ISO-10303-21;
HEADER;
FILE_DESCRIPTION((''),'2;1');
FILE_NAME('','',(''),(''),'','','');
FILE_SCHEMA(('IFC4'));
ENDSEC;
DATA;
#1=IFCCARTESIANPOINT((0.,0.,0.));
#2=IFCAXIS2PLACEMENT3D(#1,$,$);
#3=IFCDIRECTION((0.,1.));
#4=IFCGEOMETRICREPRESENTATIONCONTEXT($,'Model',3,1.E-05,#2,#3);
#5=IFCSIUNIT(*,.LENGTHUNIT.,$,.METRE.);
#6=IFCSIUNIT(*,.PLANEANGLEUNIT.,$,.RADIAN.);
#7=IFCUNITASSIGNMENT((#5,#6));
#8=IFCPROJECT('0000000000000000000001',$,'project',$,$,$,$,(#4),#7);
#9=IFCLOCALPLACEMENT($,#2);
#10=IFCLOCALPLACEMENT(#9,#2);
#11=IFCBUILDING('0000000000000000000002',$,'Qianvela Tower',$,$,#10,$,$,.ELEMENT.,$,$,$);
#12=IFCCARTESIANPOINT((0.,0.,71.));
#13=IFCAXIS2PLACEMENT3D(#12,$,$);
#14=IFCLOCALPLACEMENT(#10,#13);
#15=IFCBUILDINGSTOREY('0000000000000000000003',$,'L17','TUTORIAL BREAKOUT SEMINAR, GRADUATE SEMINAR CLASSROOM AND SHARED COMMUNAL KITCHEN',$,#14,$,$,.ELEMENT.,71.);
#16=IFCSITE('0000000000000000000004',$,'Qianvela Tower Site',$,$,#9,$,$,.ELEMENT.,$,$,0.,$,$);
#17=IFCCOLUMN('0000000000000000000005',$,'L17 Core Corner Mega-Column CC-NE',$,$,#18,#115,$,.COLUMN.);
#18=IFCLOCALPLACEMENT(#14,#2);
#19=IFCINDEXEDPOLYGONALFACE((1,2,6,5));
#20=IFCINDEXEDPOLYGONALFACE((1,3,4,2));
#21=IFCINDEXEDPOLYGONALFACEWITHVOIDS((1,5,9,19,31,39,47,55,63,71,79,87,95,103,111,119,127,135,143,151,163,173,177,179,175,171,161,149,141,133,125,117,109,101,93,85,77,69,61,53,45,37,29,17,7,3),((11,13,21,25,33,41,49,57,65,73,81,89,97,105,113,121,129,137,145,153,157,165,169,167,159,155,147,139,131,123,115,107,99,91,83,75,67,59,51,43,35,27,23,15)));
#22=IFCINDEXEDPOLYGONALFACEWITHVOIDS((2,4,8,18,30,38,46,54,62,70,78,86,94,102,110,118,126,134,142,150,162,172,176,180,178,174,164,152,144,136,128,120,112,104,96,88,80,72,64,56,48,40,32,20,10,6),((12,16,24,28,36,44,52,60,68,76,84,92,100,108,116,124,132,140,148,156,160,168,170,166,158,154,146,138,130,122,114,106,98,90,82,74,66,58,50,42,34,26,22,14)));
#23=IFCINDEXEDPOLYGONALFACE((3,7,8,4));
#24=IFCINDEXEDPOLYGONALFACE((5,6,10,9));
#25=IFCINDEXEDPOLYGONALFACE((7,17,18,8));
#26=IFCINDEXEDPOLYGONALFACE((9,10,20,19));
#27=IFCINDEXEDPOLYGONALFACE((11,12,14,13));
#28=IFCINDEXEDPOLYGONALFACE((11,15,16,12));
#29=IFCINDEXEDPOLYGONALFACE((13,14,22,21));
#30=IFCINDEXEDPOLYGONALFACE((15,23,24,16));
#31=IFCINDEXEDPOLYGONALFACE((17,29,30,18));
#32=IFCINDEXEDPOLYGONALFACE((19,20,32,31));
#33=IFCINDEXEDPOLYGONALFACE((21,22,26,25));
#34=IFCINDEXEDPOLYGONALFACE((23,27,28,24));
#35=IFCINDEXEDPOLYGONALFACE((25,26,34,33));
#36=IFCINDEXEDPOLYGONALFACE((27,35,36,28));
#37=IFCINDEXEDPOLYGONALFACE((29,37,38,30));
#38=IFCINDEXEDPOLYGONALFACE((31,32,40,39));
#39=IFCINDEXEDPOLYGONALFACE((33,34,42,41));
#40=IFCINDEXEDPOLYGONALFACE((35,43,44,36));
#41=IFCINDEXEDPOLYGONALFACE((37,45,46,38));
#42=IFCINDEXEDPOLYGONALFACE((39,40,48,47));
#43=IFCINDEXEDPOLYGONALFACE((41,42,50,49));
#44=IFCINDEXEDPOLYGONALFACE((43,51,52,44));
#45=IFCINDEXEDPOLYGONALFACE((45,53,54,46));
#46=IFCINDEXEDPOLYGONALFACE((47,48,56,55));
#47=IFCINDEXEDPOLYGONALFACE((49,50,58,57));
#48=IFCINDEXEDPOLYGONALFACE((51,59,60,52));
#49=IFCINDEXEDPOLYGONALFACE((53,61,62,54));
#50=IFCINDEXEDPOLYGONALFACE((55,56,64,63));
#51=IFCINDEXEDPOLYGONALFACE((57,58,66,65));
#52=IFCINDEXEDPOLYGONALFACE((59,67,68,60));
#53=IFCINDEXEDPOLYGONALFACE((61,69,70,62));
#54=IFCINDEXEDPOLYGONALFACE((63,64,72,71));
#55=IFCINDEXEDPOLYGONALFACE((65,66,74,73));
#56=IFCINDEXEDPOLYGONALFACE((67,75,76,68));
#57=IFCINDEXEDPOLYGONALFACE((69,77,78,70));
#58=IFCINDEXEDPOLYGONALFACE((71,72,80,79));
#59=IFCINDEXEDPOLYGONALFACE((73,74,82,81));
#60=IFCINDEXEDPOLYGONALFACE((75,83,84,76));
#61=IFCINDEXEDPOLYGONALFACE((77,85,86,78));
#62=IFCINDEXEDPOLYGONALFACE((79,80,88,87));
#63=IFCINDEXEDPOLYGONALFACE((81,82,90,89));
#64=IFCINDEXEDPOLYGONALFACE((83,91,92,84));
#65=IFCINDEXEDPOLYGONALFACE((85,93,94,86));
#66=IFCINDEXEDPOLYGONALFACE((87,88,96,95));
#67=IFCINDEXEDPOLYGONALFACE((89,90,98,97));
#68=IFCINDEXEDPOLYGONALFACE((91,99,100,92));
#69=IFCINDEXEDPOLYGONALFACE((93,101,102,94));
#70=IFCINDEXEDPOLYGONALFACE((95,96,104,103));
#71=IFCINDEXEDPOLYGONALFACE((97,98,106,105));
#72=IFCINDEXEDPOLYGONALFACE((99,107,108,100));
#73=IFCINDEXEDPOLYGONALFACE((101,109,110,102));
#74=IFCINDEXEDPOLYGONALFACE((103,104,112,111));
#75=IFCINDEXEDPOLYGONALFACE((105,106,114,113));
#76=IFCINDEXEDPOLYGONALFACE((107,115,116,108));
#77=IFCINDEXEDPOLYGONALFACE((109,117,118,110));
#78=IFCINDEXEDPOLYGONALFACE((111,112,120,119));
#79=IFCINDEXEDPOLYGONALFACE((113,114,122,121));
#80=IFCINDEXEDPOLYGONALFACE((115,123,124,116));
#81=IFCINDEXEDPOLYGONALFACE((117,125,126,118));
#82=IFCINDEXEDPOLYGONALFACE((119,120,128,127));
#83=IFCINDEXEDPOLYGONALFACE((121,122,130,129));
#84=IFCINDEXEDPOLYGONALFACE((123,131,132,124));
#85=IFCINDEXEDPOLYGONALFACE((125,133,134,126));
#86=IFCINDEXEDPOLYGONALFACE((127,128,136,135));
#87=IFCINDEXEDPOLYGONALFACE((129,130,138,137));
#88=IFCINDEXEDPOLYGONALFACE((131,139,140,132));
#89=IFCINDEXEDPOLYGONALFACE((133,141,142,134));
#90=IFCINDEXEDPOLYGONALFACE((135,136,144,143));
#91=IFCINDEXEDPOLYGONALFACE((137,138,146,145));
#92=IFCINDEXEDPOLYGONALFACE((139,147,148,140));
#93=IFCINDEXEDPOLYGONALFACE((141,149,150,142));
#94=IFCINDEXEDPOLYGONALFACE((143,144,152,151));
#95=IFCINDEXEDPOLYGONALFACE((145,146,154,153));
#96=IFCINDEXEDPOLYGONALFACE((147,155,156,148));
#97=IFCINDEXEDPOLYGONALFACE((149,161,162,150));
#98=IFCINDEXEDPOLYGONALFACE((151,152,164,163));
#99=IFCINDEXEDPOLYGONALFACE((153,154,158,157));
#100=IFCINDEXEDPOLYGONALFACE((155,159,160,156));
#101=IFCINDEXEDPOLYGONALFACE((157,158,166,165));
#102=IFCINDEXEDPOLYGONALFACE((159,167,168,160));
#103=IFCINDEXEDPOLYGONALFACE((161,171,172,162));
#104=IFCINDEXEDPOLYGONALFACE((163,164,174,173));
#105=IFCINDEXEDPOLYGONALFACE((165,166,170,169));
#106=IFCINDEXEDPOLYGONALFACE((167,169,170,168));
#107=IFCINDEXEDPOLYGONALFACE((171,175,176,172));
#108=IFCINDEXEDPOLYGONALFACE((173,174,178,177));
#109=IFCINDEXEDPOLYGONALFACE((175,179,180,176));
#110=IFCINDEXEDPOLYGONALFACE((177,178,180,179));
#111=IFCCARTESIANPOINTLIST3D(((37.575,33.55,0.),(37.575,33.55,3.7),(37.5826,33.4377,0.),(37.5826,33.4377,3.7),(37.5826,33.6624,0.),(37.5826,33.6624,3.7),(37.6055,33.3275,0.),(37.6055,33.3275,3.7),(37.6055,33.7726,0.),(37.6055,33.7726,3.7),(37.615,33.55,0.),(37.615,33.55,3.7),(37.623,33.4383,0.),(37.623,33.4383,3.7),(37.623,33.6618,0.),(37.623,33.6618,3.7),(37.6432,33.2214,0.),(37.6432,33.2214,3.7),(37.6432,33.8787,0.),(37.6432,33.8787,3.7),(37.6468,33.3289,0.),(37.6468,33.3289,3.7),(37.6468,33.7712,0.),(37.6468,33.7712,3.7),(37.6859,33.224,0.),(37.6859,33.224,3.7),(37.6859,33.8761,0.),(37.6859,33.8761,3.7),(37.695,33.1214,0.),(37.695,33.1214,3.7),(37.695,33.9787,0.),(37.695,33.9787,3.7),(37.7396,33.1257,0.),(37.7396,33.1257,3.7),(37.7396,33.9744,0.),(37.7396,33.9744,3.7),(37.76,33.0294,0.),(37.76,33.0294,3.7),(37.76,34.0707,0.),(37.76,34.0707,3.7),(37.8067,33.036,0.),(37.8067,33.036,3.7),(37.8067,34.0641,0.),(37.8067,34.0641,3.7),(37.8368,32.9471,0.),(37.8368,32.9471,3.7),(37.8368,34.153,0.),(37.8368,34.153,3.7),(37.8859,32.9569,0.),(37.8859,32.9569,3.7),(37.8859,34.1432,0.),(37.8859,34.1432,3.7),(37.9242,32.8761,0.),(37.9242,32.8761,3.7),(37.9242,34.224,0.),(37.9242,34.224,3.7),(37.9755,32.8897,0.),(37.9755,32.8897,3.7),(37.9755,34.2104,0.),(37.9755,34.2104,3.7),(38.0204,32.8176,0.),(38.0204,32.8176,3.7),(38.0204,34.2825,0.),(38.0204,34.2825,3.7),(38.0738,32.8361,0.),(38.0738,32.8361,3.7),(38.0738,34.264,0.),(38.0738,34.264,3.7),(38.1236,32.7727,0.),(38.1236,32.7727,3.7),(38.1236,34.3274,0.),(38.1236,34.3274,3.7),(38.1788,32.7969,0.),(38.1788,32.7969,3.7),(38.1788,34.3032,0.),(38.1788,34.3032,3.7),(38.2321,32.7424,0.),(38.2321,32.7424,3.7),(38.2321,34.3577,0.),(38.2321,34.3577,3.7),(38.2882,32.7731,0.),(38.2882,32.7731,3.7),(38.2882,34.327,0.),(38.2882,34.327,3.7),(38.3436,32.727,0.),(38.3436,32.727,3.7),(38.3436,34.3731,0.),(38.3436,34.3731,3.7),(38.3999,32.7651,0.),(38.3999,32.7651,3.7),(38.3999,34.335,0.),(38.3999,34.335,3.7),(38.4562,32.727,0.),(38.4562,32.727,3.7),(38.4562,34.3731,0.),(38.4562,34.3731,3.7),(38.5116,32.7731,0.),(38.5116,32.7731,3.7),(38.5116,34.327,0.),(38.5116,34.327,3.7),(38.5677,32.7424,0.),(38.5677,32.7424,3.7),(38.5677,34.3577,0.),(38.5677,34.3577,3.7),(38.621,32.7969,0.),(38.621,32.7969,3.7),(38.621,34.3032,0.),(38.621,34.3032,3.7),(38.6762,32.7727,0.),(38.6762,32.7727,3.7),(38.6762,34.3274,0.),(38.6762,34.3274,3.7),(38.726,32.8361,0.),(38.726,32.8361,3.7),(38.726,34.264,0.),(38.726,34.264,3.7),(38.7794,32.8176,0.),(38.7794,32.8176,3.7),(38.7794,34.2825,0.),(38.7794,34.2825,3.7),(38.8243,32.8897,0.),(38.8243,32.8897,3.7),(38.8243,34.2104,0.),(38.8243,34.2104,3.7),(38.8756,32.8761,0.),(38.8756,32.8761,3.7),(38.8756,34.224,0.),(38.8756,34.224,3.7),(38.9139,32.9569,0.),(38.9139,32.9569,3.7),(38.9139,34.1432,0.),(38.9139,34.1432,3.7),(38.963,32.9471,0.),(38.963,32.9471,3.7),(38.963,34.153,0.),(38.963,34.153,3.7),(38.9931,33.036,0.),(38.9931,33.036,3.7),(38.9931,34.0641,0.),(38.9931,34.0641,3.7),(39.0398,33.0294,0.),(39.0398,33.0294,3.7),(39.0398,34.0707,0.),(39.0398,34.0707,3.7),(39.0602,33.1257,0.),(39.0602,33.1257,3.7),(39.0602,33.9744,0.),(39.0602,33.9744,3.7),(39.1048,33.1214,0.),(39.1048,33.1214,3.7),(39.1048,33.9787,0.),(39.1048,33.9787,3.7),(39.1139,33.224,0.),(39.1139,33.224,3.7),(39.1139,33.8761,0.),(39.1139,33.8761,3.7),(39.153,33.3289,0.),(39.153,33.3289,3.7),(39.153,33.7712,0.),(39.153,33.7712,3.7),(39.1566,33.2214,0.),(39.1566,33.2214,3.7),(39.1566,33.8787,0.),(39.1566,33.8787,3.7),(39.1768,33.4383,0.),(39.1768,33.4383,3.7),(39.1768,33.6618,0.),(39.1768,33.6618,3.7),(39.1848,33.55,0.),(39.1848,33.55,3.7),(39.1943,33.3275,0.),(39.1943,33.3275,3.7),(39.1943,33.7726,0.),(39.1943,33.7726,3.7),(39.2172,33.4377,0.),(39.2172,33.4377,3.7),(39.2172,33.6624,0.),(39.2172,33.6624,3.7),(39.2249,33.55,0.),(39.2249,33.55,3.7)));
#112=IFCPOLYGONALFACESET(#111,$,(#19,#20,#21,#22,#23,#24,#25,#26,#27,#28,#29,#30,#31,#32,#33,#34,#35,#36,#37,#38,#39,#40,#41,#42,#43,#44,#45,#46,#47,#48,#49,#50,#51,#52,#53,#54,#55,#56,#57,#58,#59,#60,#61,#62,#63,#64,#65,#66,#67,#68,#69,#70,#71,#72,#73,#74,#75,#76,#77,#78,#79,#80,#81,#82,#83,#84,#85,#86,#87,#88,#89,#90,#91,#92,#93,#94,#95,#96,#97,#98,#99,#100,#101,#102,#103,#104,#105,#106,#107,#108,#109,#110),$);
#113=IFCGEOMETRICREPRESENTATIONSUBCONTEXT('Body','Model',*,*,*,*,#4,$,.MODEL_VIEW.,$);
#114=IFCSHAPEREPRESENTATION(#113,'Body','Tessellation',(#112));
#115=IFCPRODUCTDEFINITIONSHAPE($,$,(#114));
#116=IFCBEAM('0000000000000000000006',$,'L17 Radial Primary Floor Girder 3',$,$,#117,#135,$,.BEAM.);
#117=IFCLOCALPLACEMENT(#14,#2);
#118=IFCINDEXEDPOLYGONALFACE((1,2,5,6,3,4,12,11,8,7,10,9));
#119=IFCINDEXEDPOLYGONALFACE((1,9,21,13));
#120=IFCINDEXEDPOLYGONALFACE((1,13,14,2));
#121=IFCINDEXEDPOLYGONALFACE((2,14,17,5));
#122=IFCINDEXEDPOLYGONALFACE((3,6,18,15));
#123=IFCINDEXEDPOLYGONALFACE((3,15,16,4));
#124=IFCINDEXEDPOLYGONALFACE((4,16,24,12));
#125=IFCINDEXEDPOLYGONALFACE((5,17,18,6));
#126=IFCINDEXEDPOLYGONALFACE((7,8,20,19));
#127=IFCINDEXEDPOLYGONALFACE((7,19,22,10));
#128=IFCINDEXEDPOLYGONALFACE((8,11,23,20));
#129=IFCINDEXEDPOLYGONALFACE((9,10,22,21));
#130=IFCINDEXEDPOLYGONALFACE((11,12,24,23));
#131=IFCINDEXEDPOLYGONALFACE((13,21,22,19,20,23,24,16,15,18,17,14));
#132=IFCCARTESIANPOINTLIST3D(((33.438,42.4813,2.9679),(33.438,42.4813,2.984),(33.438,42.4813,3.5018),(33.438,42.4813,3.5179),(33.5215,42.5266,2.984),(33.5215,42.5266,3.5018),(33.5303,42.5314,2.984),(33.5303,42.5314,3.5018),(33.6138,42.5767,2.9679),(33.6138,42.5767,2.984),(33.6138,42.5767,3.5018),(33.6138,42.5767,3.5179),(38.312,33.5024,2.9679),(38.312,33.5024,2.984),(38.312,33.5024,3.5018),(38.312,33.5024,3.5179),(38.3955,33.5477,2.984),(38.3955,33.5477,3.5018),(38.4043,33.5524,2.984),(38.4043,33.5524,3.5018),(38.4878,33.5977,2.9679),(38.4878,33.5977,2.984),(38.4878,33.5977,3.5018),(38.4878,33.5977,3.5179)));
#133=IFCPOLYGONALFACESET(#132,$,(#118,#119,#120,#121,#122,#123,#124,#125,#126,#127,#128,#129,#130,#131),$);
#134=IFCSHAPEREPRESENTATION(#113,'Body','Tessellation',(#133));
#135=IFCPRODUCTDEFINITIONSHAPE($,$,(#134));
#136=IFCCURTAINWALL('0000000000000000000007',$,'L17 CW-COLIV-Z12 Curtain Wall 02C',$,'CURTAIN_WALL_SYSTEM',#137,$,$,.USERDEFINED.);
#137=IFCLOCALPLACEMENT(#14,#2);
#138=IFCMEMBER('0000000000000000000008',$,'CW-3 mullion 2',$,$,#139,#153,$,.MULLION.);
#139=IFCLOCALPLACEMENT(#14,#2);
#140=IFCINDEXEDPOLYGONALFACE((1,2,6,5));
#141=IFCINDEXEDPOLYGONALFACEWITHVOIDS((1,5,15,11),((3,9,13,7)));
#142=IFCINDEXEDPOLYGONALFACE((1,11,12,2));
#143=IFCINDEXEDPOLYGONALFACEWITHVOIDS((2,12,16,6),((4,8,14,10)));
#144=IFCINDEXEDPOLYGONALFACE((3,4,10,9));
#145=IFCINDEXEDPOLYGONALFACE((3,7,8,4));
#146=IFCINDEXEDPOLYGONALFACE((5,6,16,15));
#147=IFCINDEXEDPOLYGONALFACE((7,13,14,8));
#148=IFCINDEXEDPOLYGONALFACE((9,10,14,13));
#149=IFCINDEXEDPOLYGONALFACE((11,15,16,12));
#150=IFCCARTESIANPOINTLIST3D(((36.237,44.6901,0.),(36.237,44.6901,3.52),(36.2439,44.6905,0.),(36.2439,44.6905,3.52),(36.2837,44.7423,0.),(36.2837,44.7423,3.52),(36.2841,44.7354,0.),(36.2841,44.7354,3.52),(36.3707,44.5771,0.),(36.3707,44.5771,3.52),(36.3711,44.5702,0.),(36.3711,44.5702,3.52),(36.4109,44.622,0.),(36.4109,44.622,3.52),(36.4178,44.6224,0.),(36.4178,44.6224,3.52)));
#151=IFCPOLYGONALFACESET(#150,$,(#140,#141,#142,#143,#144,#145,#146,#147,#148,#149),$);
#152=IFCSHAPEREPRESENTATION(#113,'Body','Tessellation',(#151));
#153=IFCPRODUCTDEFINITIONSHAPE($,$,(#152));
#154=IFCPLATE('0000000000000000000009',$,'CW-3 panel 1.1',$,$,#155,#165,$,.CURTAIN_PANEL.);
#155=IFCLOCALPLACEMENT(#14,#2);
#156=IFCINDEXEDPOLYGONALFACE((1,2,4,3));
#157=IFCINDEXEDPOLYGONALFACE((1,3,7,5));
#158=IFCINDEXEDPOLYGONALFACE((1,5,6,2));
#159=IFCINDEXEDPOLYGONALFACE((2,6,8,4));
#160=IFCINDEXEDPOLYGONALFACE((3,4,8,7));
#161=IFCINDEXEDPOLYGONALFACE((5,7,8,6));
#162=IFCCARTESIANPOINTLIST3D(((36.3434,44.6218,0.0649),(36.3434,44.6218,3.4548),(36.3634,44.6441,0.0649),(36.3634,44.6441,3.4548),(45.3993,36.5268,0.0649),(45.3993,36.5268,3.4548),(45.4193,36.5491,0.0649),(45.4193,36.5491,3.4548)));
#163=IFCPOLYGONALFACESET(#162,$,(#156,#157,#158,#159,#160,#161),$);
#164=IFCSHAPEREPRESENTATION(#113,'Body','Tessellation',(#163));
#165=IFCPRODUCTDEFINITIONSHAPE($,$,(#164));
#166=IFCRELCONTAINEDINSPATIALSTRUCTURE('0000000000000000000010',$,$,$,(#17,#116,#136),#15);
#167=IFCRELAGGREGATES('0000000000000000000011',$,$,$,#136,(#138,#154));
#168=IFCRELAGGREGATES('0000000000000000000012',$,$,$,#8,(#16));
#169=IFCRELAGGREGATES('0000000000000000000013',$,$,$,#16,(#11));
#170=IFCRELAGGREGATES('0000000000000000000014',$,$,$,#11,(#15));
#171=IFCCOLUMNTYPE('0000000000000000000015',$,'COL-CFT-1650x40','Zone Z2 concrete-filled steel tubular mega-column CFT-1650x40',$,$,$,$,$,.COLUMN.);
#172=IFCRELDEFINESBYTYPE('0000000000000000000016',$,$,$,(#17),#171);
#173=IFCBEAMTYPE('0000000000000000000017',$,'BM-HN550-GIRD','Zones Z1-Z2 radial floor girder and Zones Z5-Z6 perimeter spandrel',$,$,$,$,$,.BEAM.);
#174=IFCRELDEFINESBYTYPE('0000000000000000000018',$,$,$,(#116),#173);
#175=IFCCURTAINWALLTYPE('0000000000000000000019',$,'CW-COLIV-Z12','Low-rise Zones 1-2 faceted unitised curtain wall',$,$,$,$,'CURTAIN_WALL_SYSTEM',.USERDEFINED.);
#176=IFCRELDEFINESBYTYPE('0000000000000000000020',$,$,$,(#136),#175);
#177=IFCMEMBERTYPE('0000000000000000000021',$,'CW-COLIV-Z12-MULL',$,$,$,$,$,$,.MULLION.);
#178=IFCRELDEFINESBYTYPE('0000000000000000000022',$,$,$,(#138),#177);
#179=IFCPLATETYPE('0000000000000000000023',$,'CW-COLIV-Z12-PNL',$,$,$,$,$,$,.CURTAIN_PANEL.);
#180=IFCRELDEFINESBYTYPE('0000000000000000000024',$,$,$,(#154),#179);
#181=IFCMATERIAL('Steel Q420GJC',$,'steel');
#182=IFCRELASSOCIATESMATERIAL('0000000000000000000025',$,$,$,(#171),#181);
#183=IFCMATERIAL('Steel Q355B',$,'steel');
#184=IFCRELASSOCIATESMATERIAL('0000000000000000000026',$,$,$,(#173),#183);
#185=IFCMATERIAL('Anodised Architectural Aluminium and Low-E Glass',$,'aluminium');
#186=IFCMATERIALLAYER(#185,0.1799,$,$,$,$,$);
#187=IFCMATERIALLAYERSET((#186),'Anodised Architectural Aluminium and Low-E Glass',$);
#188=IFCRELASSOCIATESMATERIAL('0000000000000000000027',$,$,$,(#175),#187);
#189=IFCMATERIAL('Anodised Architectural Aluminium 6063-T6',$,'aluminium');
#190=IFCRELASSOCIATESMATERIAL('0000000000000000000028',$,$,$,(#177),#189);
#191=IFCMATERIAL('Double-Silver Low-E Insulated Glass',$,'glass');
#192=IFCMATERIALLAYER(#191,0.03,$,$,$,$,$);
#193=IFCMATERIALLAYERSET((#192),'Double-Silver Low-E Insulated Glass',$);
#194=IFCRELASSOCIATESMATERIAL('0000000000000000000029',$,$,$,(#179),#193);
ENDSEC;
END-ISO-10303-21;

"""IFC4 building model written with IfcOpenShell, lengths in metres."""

from ifc_helpers import new_model, si_unit, direction, frame, origin, origin_2d, place, context, subcontext, project, spatial, rectangle, hollow_rectangle, hollow_circle, i_section, extrude, material, layer, layer_set, material_profile, profile_set, type_object, element, aggregate, save


model = new_model("IFC4")

# Units and contexts
model_context = context("Model", 3, precision=1e-05, world=origin(), true_north=direction((0.0, 1.0)))
body_context = subcontext(model_context, "Body", "Model", "MODEL_VIEW")
ifc_project = project(units=[si_unit("LENGTHUNIT", "METRE"), si_unit("PLANEANGLEUNIT", "RADIAN")], contexts=[model_context])

# Site, building, storey
site_placement = place(None, origin())
site = spatial("IfcSite", under=ifc_project, at=site_placement, Name="Qianvela Tower Site", CompositionType="ELEMENT", RefElevation=0.0)
building_placement = place(site_placement, origin())
building = spatial("IfcBuilding", under=site, at=building_placement, Name="Qianvela Tower", CompositionType="ELEMENT")
storey_placement = place(building_placement, frame((0.0, 0.0, 71.0)))
storey = spatial("IfcBuildingStorey", under=building, at=storey_placement, Name="L17", Description="TUTORIAL BREAKOUT SEMINAR, GRADUATE SEMINAR CLASSROOM AND SHARED COMMUNAL KITCHEN", CompositionType="ELEMENT", Elevation=71.0)

# Column
ifc_material_1 = material(Name="Steel Q420GJC", Category="steel")
ifc_material_profile_1 = material_profile(ifc_material_1, hollow_circle(Radius=0.825, WallThickness=0.04, at=origin_2d()), Name="CFT-1650x40")
ifc_profile_set_1 = profile_set([ifc_material_profile_1], Name="Steel Q420GJC")
column_type = type_object("IfcColumnType", Name="COL-CFT-1650x40", Description="Zone Z2 concrete-filled steel tubular mega-column CFT-1650x40", PredefinedType="COLUMN", material=ifc_profile_set_1)
column_placement = place(storey_placement, frame((38.3999, 33.55, 0.0), z_axis=(0.0, 0.0, 1.0), x_axis=(1.0, 0.0, 0.0)))
element("IfcColumn", 1, at=column_placement, inside=storey, type_object=column_type, Name="L17 Core Corner Mega-Column CC-NE", PredefinedType="COLUMN", context=body_context, shape_type="SweptSolid", body=[
    extrude(hollow_circle(Radius=0.825, WallThickness=0.04, at=origin_2d()), origin(), (0.0, 0.0, 1.0), 3.7),
])

# Beam
ifc_material_2 = material(Name="Steel Q355B", Category="steel")
ifc_material_profile_2 = material_profile(ifc_material_2, i_section(OverallWidth=0.2, OverallDepth=0.55, WebThickness=0.01, FlangeThickness=0.0161, at=origin_2d()), Name="HN550x200x10x16")
ifc_profile_set_2 = profile_set([ifc_material_profile_2], Name="Steel Q355B")
beam_type = type_object("IfcBeamType", Name="BM-HN550-GIRD", Description="Zones Z1-Z2 radial floor girder and Zones Z5-Z6 perimeter spandrel", PredefinedType="BEAM", material=ifc_profile_set_2)
beam_placement = place(storey_placement, frame((38.3999, 33.55, 3.2429), z_axis=(-0.47707, 0.878865, 0.0), x_axis=(-0.878865, -0.47707, 0.0)))
element("IfcBeam", 2, at=beam_placement, inside=storey, type_object=beam_type, Name="L17 Radial Primary Floor Girder 3", PredefinedType="BEAM", context=body_context, shape_type="SweptSolid", body=[
    extrude(i_section(OverallWidth=0.2, OverallDepth=0.55, WebThickness=0.01, FlangeThickness=0.0161, at=origin_2d()), origin(), (0.0, 0.0, 1.0), 10.2166),
])

# Curtain wall, member, plate
ifc_material_3 = material(Name="Anodised Architectural Aluminium and Low-E Glass", Category="aluminium")
ifc_layer_1 = layer(ifc_material_3, 0.1799)
ifc_layer_set_1 = layer_set([ifc_layer_1], Name="Anodised Architectural Aluminium and Low-E Glass")
curtain_wall_type = type_object("IfcCurtainWallType", Name="CW-COLIV-Z12", Description="Low-rise Zones 1-2 faceted unitised curtain wall", ElementType="CURTAIN_WALL_SYSTEM", PredefinedType="USERDEFINED", material=ifc_layer_set_1)
curtain_wall_placement = place(storey_placement, origin())
curtain_wall = element("IfcCurtainWall", 3, at=curtain_wall_placement, inside=storey, type_object=curtain_wall_type, Name="L17 CW-COLIV-Z12 Curtain Wall 02C", ObjectType="CURTAIN_WALL_SYSTEM", PredefinedType="USERDEFINED")
ifc_material_4 = material(Name="Anodised Architectural Aluminium 6063-T6", Category="aluminium")
ifc_material_profile_3 = material_profile(ifc_material_4, hollow_rectangle(XDim=0.0701, YDim=0.1799, WallThickness=0.0049, at=origin_2d()), Name="ALU-MULL-70x180")
ifc_profile_set_3 = profile_set([ifc_material_profile_3], Name="Anodised Architectural Aluminium 6063-T6")
member_type = type_object("IfcMemberType", Name="CW-COLIV-Z12-MULL", PredefinedType="MULLION", material=ifc_profile_set_3)
member_placement = place(storey_placement, frame((36.3274, 44.6562, 0.0), z_axis=(0.0, 0.0, 1.0), x_axis=(-0.666448, -0.745551, 0.0)))
member = element("IfcMember", 4, at=member_placement, type_object=member_type, Name="CW-3 mullion 2", PredefinedType="MULLION", context=body_context, shape_type="SweptSolid", body=[
    extrude(hollow_rectangle(XDim=0.0701, YDim=0.1799, WallThickness=0.0049, at=origin_2d()), origin(), (0.0, 0.0, 1.0), 3.52),
])
ifc_material_5 = material(Name="Double-Silver Low-E Insulated Glass", Category="glass")
ifc_layer_2 = layer(ifc_material_5, 0.03)
ifc_layer_set_2 = layer_set([ifc_layer_2], Name="Double-Silver Low-E Insulated Glass")
plate_type = type_object("IfcPlateType", Name="CW-COLIV-Z12-PNL", PredefinedType="CURTAIN_PANEL", material=ifc_layer_set_2)
plate_placement = place(storey_placement, frame((40.8813, 40.5854, 0.0649), z_axis=(0.0, 0.0, 1.0), x_axis=(-0.745551, 0.666448, 0.0)))
plate = element("IfcPlate", 5, at=plate_placement, type_object=plate_type, Name="CW-3 panel 1.1", PredefinedType="CURTAIN_PANEL", context=body_context, shape_type="SweptSolid", body=[
    extrude(rectangle(XDim=12.1465, YDim=0.03, at=origin_2d()), origin(), (0.0, 0.0, 1.0), 3.3899),
])
aggregate(curtain_wall, [member, plate])

save(model, "model.ifc")
